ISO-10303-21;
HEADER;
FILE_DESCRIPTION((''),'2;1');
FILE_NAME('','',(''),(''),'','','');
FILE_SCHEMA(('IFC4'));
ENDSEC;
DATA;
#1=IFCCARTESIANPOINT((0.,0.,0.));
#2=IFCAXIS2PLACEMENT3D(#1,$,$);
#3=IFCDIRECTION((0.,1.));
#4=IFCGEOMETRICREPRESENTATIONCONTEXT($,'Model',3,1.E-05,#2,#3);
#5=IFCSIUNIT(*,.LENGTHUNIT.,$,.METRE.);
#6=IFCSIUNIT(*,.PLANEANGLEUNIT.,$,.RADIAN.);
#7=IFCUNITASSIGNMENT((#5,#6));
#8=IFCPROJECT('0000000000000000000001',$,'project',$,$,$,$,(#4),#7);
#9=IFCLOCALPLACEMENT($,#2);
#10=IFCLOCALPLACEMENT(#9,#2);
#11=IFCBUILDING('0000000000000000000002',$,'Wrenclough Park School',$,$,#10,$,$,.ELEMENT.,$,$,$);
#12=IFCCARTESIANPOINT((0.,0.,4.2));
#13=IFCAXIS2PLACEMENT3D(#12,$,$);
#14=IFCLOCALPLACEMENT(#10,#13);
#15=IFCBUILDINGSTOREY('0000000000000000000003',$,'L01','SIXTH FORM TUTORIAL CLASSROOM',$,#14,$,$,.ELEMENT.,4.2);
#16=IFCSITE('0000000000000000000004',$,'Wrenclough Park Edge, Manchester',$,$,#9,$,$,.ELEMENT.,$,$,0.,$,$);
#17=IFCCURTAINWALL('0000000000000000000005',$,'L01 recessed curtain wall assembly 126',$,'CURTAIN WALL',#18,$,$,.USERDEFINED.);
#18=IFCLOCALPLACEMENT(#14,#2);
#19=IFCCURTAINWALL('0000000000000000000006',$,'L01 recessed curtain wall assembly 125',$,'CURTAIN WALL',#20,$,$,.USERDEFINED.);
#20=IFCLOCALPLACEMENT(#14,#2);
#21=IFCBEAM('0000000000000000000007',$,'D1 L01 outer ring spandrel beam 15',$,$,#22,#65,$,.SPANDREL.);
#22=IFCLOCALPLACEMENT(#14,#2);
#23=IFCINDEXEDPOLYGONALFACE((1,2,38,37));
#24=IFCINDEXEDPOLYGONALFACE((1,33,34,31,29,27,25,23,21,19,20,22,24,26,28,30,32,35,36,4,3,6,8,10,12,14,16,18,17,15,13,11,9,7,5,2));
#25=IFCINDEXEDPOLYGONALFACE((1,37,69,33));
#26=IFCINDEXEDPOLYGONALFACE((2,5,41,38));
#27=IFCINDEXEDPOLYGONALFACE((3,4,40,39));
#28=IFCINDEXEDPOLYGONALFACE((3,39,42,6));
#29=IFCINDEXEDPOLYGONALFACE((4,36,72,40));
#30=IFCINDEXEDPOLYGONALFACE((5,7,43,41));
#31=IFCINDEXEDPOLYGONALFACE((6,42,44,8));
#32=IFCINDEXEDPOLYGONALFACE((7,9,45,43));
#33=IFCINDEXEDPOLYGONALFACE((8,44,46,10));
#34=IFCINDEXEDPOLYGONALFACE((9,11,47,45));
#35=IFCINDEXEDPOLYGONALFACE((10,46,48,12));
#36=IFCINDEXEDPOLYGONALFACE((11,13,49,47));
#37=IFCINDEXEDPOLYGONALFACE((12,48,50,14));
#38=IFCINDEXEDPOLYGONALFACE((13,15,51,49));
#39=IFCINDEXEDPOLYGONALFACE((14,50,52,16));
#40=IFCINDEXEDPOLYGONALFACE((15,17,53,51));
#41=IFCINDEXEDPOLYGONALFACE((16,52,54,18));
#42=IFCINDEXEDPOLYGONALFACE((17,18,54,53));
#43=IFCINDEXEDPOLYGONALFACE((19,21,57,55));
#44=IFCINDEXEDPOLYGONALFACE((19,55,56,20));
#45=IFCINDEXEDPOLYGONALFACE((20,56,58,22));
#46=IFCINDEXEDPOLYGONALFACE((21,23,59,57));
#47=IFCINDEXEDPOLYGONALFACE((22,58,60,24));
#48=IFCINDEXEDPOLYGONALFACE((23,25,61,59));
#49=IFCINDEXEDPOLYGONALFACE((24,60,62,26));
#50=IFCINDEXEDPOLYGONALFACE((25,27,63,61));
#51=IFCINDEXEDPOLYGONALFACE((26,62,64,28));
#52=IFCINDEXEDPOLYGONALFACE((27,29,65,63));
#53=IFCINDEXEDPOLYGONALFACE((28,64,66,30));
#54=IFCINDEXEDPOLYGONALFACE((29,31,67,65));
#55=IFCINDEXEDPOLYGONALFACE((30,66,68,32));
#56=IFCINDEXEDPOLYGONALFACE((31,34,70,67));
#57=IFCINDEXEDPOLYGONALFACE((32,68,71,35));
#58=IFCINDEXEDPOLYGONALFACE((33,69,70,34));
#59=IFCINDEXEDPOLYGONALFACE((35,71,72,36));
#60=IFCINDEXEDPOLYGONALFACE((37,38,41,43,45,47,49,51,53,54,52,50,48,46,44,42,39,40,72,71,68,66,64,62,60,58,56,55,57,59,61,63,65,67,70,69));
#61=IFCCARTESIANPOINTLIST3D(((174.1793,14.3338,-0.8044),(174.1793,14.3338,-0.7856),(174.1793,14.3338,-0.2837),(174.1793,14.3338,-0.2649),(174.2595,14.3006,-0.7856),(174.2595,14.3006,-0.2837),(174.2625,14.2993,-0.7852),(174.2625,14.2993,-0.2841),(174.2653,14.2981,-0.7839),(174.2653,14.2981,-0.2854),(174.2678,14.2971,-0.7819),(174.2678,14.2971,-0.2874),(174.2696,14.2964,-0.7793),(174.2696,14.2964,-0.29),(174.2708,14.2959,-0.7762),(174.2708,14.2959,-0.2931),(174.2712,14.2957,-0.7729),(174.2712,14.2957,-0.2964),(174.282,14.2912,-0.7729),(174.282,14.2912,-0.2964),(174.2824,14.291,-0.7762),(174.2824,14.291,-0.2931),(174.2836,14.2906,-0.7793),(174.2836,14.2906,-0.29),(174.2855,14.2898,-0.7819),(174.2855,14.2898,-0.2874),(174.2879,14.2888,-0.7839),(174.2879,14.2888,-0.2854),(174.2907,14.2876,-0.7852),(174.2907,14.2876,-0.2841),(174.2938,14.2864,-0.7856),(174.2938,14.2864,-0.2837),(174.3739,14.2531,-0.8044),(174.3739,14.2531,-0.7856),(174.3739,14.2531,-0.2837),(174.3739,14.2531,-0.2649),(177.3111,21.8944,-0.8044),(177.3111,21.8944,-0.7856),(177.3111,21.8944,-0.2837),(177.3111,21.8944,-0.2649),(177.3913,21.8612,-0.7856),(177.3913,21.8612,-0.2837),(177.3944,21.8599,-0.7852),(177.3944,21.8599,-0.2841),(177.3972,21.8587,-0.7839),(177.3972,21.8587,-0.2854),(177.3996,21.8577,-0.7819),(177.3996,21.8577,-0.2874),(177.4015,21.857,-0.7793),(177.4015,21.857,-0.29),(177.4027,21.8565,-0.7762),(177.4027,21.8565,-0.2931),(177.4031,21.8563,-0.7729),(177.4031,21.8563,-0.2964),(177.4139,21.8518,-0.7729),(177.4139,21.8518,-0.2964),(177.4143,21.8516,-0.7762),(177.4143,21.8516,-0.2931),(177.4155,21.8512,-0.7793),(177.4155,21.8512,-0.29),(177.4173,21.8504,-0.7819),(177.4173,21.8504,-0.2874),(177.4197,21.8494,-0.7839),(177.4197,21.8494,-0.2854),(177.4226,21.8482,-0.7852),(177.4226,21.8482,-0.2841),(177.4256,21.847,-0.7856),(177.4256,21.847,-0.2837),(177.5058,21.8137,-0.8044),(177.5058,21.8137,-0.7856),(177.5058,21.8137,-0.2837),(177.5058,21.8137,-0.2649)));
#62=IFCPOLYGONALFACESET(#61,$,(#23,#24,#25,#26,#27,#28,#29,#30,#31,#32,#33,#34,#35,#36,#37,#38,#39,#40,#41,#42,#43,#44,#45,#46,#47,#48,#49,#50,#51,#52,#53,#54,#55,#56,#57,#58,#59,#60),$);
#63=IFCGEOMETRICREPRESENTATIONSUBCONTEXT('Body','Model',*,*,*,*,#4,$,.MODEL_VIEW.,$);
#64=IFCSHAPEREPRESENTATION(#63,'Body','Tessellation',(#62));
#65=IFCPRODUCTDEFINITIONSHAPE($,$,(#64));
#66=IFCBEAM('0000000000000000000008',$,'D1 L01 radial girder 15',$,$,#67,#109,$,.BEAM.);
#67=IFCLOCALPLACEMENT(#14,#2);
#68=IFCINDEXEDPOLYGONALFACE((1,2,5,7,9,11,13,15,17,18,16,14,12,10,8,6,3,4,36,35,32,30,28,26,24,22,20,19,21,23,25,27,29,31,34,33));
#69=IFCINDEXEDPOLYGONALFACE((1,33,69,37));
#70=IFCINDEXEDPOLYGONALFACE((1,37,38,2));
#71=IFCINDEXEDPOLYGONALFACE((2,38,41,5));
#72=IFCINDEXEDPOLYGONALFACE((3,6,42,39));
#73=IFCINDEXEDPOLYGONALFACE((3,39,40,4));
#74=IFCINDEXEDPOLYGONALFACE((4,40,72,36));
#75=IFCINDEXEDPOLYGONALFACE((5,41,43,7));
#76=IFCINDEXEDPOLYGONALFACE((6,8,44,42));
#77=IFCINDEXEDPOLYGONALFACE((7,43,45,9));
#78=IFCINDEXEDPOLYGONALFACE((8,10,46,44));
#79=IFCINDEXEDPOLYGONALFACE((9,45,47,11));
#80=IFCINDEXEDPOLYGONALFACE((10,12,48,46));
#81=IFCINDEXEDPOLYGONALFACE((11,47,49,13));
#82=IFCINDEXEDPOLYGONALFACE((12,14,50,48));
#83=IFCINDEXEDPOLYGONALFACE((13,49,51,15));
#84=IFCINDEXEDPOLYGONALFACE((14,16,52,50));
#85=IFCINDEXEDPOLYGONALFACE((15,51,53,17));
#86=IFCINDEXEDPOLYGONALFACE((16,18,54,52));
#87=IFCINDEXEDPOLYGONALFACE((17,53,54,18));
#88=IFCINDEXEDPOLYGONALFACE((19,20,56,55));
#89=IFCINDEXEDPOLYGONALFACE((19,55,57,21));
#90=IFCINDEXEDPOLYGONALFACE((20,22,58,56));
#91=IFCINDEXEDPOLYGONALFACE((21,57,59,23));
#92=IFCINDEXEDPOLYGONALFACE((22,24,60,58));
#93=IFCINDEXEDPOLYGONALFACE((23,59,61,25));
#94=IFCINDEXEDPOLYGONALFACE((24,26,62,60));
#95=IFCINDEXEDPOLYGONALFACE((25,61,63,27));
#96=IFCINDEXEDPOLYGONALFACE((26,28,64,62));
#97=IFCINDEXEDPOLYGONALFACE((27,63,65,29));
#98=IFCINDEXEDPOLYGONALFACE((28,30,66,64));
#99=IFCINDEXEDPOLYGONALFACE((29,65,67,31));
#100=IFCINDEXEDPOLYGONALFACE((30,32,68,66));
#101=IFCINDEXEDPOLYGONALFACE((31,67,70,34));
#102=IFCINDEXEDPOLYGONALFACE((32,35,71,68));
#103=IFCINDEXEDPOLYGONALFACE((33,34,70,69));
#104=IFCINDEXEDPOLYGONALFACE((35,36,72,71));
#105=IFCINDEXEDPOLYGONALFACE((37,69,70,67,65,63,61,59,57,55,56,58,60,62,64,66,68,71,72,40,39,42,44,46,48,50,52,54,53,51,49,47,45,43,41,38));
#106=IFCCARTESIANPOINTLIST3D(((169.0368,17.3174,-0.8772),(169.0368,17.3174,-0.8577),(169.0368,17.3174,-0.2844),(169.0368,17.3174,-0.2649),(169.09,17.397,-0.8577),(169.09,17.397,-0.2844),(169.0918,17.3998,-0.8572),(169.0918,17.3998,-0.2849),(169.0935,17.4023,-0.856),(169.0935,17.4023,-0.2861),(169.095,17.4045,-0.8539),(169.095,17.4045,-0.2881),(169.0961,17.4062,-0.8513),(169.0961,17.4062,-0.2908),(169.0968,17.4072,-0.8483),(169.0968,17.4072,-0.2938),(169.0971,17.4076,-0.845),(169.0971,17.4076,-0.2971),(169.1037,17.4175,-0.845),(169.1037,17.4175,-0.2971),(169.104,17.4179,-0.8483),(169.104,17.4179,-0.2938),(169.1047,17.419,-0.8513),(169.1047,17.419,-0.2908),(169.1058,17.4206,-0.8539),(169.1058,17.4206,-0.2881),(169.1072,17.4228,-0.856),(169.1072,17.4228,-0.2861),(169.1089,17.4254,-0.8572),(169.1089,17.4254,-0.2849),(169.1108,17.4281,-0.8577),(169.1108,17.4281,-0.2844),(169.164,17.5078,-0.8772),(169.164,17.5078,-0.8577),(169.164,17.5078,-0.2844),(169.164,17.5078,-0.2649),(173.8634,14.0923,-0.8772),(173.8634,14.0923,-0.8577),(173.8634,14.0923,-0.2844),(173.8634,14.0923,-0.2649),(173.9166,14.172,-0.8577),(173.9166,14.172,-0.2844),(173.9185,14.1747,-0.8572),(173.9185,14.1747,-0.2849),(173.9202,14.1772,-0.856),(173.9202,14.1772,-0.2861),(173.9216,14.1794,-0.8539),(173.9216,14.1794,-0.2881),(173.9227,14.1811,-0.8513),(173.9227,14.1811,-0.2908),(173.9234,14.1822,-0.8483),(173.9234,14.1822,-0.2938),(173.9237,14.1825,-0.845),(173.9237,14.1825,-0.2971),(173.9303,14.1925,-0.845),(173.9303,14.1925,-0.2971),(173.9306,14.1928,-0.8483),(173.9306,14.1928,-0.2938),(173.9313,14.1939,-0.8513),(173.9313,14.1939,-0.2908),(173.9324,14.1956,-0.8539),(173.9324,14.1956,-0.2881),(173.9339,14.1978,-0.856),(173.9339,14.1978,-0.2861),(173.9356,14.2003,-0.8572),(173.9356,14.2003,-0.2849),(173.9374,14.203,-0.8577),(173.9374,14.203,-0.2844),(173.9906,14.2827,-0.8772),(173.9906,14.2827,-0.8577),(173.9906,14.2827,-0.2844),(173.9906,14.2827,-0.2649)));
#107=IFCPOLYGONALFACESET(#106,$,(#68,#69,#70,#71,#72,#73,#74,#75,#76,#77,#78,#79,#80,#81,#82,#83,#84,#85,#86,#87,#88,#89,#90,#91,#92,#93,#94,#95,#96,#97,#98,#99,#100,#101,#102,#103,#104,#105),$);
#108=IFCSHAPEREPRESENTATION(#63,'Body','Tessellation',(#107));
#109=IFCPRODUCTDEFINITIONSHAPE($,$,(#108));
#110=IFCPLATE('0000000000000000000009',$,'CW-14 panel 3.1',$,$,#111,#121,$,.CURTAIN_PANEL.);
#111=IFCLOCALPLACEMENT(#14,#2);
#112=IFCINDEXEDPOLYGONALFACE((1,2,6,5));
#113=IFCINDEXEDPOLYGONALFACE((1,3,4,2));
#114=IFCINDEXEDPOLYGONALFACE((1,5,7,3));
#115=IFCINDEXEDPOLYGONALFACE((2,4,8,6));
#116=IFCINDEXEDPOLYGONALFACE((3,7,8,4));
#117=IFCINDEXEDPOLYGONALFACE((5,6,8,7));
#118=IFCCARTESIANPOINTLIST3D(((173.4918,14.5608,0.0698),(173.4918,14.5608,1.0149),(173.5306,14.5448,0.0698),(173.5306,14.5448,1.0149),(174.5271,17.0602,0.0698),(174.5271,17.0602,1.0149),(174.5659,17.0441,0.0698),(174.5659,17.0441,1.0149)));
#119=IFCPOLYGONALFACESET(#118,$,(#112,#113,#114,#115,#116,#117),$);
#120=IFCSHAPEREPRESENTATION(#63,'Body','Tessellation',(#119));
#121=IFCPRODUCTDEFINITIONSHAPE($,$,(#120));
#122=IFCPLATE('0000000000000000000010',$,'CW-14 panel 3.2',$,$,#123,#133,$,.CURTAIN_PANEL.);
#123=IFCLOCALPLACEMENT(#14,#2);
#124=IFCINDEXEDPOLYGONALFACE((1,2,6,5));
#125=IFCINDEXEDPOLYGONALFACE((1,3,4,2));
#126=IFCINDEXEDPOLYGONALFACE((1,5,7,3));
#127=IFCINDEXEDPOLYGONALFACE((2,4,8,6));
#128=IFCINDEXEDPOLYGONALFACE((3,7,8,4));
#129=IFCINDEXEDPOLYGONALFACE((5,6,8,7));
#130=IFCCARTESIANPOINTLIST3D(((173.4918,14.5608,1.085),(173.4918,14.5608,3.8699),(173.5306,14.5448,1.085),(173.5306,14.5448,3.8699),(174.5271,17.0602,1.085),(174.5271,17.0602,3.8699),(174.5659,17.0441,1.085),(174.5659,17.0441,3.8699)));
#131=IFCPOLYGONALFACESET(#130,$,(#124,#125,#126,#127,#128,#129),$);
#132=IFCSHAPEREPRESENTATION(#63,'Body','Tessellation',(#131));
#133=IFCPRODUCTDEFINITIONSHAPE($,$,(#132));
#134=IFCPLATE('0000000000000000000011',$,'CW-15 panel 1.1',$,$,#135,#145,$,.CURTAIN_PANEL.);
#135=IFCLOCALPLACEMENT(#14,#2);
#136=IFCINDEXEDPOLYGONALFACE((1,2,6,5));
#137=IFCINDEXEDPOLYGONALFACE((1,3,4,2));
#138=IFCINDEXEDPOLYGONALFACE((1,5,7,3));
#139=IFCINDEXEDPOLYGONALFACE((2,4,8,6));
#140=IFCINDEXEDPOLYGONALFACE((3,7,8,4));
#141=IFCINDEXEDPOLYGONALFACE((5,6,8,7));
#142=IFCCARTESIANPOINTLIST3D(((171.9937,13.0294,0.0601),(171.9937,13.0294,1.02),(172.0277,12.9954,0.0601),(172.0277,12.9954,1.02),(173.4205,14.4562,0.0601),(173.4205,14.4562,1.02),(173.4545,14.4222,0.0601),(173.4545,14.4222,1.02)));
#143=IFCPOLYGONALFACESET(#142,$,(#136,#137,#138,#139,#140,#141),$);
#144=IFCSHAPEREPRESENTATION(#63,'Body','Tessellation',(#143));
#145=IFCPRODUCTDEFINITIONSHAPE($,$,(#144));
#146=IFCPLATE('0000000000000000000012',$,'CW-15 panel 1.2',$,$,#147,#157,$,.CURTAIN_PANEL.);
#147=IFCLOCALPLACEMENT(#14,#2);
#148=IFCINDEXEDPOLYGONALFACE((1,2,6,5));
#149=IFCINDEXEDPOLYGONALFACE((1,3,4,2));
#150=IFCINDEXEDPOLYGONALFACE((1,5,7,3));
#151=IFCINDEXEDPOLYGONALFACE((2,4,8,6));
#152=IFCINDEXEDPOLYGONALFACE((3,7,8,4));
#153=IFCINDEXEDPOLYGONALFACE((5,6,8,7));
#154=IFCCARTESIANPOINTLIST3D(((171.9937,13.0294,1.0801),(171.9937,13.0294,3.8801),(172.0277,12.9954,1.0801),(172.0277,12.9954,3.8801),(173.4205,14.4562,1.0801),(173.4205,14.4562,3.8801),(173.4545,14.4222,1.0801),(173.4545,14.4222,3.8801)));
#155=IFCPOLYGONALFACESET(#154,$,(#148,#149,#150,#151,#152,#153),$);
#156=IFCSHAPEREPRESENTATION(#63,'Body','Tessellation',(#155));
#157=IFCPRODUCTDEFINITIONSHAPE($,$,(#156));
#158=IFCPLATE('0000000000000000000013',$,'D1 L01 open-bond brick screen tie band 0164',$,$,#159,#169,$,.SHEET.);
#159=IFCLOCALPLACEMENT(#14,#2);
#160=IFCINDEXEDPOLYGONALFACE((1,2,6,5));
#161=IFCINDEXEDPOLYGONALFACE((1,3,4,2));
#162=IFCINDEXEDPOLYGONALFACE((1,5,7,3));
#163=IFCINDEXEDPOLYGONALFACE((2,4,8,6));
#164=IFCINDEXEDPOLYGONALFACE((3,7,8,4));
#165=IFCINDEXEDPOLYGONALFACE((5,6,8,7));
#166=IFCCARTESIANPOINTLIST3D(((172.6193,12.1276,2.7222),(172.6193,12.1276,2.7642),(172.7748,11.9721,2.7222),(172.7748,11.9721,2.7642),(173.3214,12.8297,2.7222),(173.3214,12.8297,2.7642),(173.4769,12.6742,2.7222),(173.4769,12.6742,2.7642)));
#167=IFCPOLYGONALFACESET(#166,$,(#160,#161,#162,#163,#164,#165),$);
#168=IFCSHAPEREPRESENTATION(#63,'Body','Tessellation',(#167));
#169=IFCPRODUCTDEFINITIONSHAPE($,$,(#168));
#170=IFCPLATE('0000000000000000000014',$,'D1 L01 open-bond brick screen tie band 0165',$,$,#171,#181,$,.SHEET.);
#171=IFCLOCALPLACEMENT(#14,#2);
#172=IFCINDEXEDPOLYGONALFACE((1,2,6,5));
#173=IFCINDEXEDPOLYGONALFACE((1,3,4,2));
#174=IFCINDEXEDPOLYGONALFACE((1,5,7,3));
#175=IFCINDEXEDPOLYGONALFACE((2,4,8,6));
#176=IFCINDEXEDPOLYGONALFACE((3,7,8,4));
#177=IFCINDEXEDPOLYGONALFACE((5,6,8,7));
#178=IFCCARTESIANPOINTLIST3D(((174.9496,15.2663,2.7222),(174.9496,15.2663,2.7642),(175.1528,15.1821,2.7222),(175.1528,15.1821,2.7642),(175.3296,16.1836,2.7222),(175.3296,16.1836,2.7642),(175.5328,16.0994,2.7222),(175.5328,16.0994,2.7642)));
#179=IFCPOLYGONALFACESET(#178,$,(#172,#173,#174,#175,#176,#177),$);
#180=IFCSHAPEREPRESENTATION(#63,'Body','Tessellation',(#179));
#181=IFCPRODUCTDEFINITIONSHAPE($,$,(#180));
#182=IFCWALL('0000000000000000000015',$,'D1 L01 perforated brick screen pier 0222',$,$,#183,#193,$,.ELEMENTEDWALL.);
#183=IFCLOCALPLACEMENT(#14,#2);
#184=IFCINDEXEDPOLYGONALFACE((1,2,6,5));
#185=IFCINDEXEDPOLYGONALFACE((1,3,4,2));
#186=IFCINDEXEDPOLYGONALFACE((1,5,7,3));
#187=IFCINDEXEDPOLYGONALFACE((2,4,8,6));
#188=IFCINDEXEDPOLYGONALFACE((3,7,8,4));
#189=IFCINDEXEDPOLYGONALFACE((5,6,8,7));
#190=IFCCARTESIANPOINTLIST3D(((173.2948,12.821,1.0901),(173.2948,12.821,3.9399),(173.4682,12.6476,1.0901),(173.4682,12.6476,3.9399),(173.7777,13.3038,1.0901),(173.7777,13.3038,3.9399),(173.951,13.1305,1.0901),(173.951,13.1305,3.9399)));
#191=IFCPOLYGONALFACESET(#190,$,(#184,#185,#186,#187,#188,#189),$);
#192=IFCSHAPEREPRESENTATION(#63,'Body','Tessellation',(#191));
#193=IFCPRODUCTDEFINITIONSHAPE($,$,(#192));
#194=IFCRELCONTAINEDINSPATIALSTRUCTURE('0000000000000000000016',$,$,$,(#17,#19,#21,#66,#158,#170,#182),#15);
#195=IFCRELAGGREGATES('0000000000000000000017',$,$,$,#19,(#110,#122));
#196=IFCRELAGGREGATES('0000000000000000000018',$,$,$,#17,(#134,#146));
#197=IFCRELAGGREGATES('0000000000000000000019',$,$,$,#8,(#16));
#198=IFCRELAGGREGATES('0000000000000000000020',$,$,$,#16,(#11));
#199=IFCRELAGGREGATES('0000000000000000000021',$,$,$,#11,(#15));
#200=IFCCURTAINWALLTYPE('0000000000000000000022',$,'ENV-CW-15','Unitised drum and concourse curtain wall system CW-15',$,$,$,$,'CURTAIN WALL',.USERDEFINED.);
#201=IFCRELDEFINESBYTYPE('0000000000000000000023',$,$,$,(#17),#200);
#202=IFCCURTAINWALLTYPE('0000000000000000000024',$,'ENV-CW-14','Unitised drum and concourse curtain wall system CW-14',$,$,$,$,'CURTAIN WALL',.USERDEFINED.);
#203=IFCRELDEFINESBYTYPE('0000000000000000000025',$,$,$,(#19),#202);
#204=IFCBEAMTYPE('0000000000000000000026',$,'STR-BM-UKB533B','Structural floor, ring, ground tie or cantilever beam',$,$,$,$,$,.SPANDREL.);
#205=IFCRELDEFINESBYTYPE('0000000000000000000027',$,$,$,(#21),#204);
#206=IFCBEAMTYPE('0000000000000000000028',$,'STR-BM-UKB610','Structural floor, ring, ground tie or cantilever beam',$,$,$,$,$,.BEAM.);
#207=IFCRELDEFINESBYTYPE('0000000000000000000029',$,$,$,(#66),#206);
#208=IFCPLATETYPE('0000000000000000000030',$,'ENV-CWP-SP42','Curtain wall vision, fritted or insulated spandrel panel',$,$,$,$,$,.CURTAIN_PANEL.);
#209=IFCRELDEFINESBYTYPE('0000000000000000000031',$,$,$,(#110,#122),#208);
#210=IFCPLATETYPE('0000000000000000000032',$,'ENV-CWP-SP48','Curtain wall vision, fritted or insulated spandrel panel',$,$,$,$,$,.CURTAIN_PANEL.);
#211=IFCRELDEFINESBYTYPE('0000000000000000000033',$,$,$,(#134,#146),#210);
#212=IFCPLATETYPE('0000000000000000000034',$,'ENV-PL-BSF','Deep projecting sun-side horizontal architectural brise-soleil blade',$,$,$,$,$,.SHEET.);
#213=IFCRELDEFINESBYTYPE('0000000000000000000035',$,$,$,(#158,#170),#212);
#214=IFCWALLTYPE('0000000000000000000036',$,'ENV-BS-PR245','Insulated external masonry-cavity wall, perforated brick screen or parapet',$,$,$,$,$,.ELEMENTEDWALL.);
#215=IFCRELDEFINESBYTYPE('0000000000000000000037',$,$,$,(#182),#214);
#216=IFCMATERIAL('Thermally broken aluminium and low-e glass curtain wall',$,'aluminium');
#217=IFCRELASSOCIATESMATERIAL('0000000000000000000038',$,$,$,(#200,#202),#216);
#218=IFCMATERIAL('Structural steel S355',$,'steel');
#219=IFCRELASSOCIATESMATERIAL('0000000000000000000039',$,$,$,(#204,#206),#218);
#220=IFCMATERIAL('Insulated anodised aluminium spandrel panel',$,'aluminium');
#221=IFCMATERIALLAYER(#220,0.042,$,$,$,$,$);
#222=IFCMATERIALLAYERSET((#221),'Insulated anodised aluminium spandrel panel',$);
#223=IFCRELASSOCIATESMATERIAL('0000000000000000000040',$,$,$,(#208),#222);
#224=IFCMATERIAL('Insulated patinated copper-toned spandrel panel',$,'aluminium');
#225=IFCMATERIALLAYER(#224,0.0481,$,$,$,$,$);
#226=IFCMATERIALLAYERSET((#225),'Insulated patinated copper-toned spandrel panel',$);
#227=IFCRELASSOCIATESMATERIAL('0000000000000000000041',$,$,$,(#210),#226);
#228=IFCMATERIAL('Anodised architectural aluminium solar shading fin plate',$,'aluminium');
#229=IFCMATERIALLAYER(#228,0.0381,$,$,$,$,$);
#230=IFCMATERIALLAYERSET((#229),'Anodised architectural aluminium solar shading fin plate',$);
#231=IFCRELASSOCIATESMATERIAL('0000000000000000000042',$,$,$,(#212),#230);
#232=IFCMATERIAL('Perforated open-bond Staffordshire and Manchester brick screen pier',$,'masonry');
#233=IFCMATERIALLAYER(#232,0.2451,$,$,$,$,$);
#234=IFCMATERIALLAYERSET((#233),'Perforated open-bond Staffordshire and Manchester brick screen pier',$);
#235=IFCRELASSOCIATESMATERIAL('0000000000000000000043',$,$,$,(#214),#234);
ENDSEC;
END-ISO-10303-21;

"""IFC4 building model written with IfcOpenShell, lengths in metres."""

from ifc_helpers import new_model, si_unit, direction, frame, frame_2d, origin, origin_2d, place, context, subcontext, project, spatial, rectangle, i_section, extrude, material, layer, layer_set, material_profile, profile_set, type_object, element, aggregate, save


model = new_model("IFC4")

# Units and contexts
model_context = context("Model", 3, precision=1e-05, world=origin(), true_north=direction((0.0, 1.0)))
body_context = subcontext(model_context, "Body", "Model", "MODEL_VIEW")
ifc_project = project(units=[si_unit("LENGTHUNIT", "METRE"), si_unit("PLANEANGLEUNIT", "RADIAN")], contexts=[model_context])

# Site, building, storey
site_placement = place(None, origin())
site = spatial("IfcSite", under=ifc_project, at=site_placement, Name="Wrenclough Park Edge, Manchester", CompositionType="ELEMENT", RefElevation=0.0)
building_placement = place(site_placement, origin())
building = spatial("IfcBuilding", under=site, at=building_placement, Name="Wrenclough Park School", CompositionType="ELEMENT")
storey_placement = place(building_placement, frame((0.0, 0.0, 4.2)))
storey = spatial("IfcBuildingStorey", under=building, at=storey_placement, Name="L01", Description="SIXTH FORM TUTORIAL CLASSROOM", CompositionType="ELEMENT", Elevation=4.2)

# Curtain wall
ifc_material_1 = material(Name="Thermally broken aluminium and low-e glass curtain wall", Category="aluminium")
curtain_wall_type_1 = type_object("IfcCurtainWallType", Name="ENV-CW-15", Description="Unitised drum and concourse curtain wall system CW-15", ElementType="CURTAIN WALL", PredefinedType="USERDEFINED", material=ifc_material_1)
curtain_wall_1_placement = place(storey_placement, origin())
curtain_wall_1 = element("IfcCurtainWall", 1, at=curtain_wall_1_placement, inside=storey, type_object=curtain_wall_type_1, Name="L01 recessed curtain wall assembly 126", ObjectType="CURTAIN WALL", PredefinedType="USERDEFINED")

# Curtain wall
curtain_wall_type_2 = type_object("IfcCurtainWallType", Name="ENV-CW-14", Description="Unitised drum and concourse curtain wall system CW-14", ElementType="CURTAIN WALL", PredefinedType="USERDEFINED", material=ifc_material_1)
curtain_wall_2_placement = place(storey_placement, origin())
curtain_wall_2 = element("IfcCurtainWall", 2, at=curtain_wall_2_placement, inside=storey, type_object=curtain_wall_type_2, Name="L01 recessed curtain wall assembly 125", ObjectType="CURTAIN WALL", PredefinedType="USERDEFINED")

# Beams
ifc_material_2 = material(Name="Structural steel S355", Category="steel")
ifc_material_profile_1 = material_profile(ifc_material_2, i_section(OverallWidth=0.2107, OverallDepth=0.5396, WebThickness=0.0117, FlangeThickness=0.0188, FilletRadius=0.0127, at=origin_2d()), Name="UKB 533x210x109")
ifc_profile_set_1 = profile_set([ifc_material_profile_1], Name="Structural steel S355")
beam_type_1 = type_object("IfcBeamType", Name="STR-BM-UKB533B", Description="Structural floor, ring, ground tie or cantilever beam", PredefinedType="SPANDREL", material=ifc_profile_set_1)
beam_1_placement = place(storey_placement, frame((174.2766, 14.2935, -0.5347), z_axis=(0.3827, 0.923873, 0.0), x_axis=(-0.923873, 0.3827, 0.0)))
element("IfcBeam", 3, at=beam_1_placement, inside=storey, type_object=beam_type_1, Name="D1 L01 outer ring spandrel beam 15", PredefinedType="SPANDREL", context=body_context, shape_type="SweptSolid", body=[
    extrude(i_section(OverallWidth=0.2107, OverallDepth=0.5396, WebThickness=0.0117, FlangeThickness=0.0188, FilletRadius=0.0127, at=origin_2d()), origin(), (0.0, 0.0, 1.0), 8.1836),
])
ifc_material_profile_2 = material_profile(ifc_material_2, i_section(OverallWidth=0.229, OverallDepth=0.6123, WebThickness=0.012, FlangeThickness=0.0195, FilletRadius=0.0127, at=origin_2d()), Name="UKB 610x229x125")
ifc_profile_set_2 = profile_set([ifc_material_profile_2], Name="Structural steel S355")
beam_type_2 = type_object("IfcBeamType", Name="STR-BM-UKB610", Description="Structural floor, ring, ground tie or cantilever beam", PredefinedType="BEAM", material=ifc_profile_set_2)
beam_2_placement = place(storey_placement, frame((173.927, 14.1875, -0.571), z_axis=(-0.831468, 0.555573, 0.0), x_axis=(-0.555573, -0.831468, 0.0)))
element("IfcBeam", 4, at=beam_2_placement, inside=storey, type_object=beam_type_2, Name="D1 L01 radial girder 15", PredefinedType="BEAM", context=body_context, shape_type="SweptSolid", body=[
    extrude(i_section(OverallWidth=0.229, OverallDepth=0.6123, WebThickness=0.012, FlangeThickness=0.0195, FilletRadius=0.0127, at=origin_2d()), origin(), (0.0, 0.0, 1.0), 5.8049),
])

# Plates
ifc_material_3 = material(Name="Insulated anodised aluminium spandrel panel", Category="aluminium")
ifc_layer_1 = layer(ifc_material_3, 0.042)
ifc_layer_set_1 = layer_set([ifc_layer_1], Name="Insulated anodised aluminium spandrel panel")
plate_type_1 = type_object("IfcPlateType", Name="ENV-CWP-SP42", Description="Curtain wall vision, fritted or insulated spandrel panel", PredefinedType="CURTAIN_PANEL", material=ifc_layer_set_1)
plate_1_placement = place(storey_placement, frame((174.0288, 15.8025, 0.0698), z_axis=(0.0, 0.0, 1.0), x_axis=(-0.382687, -0.923878, 0.0)))
plate_1 = element("IfcPlate", 5, at=plate_1_placement, type_object=plate_type_1, Name="CW-14 panel 3.1", PredefinedType="CURTAIN_PANEL", context=body_context, shape_type="SweptSolid", body=[
    extrude(rectangle(XDim=2.7053, YDim=0.042, at=origin_2d()), origin(), (0.0, 0.0, 1.0), 0.9451),
])
plate_2_placement = place(storey_placement, frame((174.0288, 15.8025, 1.085), z_axis=(0.0, 0.0, 1.0), x_axis=(-0.382687, -0.923878, 0.0)))
plate_2 = element("IfcPlate", 6, at=plate_2_placement, type_object=plate_type_1, Name="CW-14 panel 3.2", PredefinedType="CURTAIN_PANEL", context=body_context, shape_type="SweptSolid", body=[
    extrude(rectangle(XDim=2.7053, YDim=0.042, at=origin_2d()), origin(), (0.0, 0.0, 1.0), 2.7849),
])
aggregate(curtain_wall_2, [plate_1, plate_2])
ifc_material_4 = material(Name="Insulated patinated copper-toned spandrel panel", Category="aluminium")
ifc_layer_2 = layer(ifc_material_4, 0.0481)
ifc_layer_set_2 = layer_set([ifc_layer_2], Name="Insulated patinated copper-toned spandrel panel")
plate_type_2 = type_object("IfcPlateType", Name="ENV-CWP-SP48", Description="Curtain wall vision, fritted or insulated spandrel panel", PredefinedType="CURTAIN_PANEL", material=ifc_layer_set_2)
plate_3_placement = place(storey_placement, frame((172.7241, 13.7258, 0.0601), z_axis=(0.0, 0.0, 1.0), x_axis=(-0.707107, -0.707107, 0.0)))
plate_3 = element("IfcPlate", 7, at=plate_3_placement, type_object=plate_type_2, Name="CW-15 panel 1.1", PredefinedType="CURTAIN_PANEL", context=body_context, shape_type="SweptSolid", body=[
    extrude(rectangle(XDim=2.0178, YDim=0.0481, at=origin_2d()), origin(), (0.0, 0.0, 1.0), 0.96),
])
plate_4_placement = place(storey_placement, frame((172.7241, 13.7258, 1.0801), z_axis=(0.0, 0.0, 1.0), x_axis=(-0.707107, -0.707107, 0.0)))
plate_4 = element("IfcPlate", 8, at=plate_4_placement, type_object=plate_type_2, Name="CW-15 panel 1.2", PredefinedType="CURTAIN_PANEL", context=body_context, shape_type="SweptSolid", body=[
    extrude(rectangle(XDim=2.0178, YDim=0.0481, at=origin_2d()), origin(), (0.0, 0.0, 1.0), 2.8),
])
aggregate(curtain_wall_1, [plate_3, plate_4])

# Plates
ifc_material_5 = material(Name="Anodised architectural aluminium solar shading fin plate", Category="aluminium")
ifc_layer_3 = layer(ifc_material_5, 0.0381)
ifc_layer_set_3 = layer_set([ifc_layer_3], Name="Anodised architectural aluminium solar shading fin plate")
plate_type_3 = type_object("IfcPlateType", Name="ENV-PL-BSF", Description="Deep projecting sun-side horizontal architectural brise-soleil blade", PredefinedType="SHEET", material=ifc_layer_set_3)
for number, where, z_axis, x_axis, name in (
    (9, (173.0481, 12.4009, 2.7222), (0.0, 0.0, 1.0), (0.707107, 0.707107, 0.0), "D1 L01 open-bond brick screen tie band 0164"),
    (10, (175.2412, 15.6829, 2.7222), (0.0, 0.0, 1.0), (0.382692, 0.923876, 0.0), "D1 L01 open-bond brick screen tie band 0165"),
):
    element("IfcPlate", number, at=place(storey_placement, frame(where, z_axis=z_axis, x_axis=x_axis)), inside=storey, type_object=plate_type_3, Name=name, PredefinedType="SHEET", context=body_context, shape_type="SweptSolid", body=[
        extrude(rectangle(XDim=0.9929, YDim=0.22, at=origin_2d()), origin(), (0.0, 0.0, 1.0), 0.042),
    ])

# Wall
ifc_material_6 = material(Name="Perforated open-bond Staffordshire and Manchester brick screen pier", Category="masonry")
ifc_layer_4 = layer(ifc_material_6, 0.2451)
ifc_layer_set_4 = layer_set([ifc_layer_4], Name="Perforated open-bond Staffordshire and Manchester brick screen pier")
wall_type_1 = type_object("IfcWallType", Name="ENV-BS-PR245", Description="Insulated external masonry-cavity wall, perforated brick screen or parapet", PredefinedType="ELEMENTEDWALL", material=ifc_layer_set_4)
wall_1_placement = place(storey_placement, frame((173.3816, 12.7344, 1.0901), z_axis=(0.0, 0.0, 1.0), x_axis=(0.707107, 0.707107, 0.0)))
element("IfcWall", 11, at=wall_1_placement, inside=storey, type_object=wall_type_1, Name="D1 L01 perforated brick screen pier 0222", PredefinedType="ELEMENTEDWALL", context=body_context, shape_type="SweptSolid", body=[
    extrude(rectangle(XDim=0.6829, YDim=0.2451, at=frame_2d((0.3413, 0.0))), origin(), (0.0, 0.0, 1.0), 2.8499),
])

save(model, "model.ifc")
